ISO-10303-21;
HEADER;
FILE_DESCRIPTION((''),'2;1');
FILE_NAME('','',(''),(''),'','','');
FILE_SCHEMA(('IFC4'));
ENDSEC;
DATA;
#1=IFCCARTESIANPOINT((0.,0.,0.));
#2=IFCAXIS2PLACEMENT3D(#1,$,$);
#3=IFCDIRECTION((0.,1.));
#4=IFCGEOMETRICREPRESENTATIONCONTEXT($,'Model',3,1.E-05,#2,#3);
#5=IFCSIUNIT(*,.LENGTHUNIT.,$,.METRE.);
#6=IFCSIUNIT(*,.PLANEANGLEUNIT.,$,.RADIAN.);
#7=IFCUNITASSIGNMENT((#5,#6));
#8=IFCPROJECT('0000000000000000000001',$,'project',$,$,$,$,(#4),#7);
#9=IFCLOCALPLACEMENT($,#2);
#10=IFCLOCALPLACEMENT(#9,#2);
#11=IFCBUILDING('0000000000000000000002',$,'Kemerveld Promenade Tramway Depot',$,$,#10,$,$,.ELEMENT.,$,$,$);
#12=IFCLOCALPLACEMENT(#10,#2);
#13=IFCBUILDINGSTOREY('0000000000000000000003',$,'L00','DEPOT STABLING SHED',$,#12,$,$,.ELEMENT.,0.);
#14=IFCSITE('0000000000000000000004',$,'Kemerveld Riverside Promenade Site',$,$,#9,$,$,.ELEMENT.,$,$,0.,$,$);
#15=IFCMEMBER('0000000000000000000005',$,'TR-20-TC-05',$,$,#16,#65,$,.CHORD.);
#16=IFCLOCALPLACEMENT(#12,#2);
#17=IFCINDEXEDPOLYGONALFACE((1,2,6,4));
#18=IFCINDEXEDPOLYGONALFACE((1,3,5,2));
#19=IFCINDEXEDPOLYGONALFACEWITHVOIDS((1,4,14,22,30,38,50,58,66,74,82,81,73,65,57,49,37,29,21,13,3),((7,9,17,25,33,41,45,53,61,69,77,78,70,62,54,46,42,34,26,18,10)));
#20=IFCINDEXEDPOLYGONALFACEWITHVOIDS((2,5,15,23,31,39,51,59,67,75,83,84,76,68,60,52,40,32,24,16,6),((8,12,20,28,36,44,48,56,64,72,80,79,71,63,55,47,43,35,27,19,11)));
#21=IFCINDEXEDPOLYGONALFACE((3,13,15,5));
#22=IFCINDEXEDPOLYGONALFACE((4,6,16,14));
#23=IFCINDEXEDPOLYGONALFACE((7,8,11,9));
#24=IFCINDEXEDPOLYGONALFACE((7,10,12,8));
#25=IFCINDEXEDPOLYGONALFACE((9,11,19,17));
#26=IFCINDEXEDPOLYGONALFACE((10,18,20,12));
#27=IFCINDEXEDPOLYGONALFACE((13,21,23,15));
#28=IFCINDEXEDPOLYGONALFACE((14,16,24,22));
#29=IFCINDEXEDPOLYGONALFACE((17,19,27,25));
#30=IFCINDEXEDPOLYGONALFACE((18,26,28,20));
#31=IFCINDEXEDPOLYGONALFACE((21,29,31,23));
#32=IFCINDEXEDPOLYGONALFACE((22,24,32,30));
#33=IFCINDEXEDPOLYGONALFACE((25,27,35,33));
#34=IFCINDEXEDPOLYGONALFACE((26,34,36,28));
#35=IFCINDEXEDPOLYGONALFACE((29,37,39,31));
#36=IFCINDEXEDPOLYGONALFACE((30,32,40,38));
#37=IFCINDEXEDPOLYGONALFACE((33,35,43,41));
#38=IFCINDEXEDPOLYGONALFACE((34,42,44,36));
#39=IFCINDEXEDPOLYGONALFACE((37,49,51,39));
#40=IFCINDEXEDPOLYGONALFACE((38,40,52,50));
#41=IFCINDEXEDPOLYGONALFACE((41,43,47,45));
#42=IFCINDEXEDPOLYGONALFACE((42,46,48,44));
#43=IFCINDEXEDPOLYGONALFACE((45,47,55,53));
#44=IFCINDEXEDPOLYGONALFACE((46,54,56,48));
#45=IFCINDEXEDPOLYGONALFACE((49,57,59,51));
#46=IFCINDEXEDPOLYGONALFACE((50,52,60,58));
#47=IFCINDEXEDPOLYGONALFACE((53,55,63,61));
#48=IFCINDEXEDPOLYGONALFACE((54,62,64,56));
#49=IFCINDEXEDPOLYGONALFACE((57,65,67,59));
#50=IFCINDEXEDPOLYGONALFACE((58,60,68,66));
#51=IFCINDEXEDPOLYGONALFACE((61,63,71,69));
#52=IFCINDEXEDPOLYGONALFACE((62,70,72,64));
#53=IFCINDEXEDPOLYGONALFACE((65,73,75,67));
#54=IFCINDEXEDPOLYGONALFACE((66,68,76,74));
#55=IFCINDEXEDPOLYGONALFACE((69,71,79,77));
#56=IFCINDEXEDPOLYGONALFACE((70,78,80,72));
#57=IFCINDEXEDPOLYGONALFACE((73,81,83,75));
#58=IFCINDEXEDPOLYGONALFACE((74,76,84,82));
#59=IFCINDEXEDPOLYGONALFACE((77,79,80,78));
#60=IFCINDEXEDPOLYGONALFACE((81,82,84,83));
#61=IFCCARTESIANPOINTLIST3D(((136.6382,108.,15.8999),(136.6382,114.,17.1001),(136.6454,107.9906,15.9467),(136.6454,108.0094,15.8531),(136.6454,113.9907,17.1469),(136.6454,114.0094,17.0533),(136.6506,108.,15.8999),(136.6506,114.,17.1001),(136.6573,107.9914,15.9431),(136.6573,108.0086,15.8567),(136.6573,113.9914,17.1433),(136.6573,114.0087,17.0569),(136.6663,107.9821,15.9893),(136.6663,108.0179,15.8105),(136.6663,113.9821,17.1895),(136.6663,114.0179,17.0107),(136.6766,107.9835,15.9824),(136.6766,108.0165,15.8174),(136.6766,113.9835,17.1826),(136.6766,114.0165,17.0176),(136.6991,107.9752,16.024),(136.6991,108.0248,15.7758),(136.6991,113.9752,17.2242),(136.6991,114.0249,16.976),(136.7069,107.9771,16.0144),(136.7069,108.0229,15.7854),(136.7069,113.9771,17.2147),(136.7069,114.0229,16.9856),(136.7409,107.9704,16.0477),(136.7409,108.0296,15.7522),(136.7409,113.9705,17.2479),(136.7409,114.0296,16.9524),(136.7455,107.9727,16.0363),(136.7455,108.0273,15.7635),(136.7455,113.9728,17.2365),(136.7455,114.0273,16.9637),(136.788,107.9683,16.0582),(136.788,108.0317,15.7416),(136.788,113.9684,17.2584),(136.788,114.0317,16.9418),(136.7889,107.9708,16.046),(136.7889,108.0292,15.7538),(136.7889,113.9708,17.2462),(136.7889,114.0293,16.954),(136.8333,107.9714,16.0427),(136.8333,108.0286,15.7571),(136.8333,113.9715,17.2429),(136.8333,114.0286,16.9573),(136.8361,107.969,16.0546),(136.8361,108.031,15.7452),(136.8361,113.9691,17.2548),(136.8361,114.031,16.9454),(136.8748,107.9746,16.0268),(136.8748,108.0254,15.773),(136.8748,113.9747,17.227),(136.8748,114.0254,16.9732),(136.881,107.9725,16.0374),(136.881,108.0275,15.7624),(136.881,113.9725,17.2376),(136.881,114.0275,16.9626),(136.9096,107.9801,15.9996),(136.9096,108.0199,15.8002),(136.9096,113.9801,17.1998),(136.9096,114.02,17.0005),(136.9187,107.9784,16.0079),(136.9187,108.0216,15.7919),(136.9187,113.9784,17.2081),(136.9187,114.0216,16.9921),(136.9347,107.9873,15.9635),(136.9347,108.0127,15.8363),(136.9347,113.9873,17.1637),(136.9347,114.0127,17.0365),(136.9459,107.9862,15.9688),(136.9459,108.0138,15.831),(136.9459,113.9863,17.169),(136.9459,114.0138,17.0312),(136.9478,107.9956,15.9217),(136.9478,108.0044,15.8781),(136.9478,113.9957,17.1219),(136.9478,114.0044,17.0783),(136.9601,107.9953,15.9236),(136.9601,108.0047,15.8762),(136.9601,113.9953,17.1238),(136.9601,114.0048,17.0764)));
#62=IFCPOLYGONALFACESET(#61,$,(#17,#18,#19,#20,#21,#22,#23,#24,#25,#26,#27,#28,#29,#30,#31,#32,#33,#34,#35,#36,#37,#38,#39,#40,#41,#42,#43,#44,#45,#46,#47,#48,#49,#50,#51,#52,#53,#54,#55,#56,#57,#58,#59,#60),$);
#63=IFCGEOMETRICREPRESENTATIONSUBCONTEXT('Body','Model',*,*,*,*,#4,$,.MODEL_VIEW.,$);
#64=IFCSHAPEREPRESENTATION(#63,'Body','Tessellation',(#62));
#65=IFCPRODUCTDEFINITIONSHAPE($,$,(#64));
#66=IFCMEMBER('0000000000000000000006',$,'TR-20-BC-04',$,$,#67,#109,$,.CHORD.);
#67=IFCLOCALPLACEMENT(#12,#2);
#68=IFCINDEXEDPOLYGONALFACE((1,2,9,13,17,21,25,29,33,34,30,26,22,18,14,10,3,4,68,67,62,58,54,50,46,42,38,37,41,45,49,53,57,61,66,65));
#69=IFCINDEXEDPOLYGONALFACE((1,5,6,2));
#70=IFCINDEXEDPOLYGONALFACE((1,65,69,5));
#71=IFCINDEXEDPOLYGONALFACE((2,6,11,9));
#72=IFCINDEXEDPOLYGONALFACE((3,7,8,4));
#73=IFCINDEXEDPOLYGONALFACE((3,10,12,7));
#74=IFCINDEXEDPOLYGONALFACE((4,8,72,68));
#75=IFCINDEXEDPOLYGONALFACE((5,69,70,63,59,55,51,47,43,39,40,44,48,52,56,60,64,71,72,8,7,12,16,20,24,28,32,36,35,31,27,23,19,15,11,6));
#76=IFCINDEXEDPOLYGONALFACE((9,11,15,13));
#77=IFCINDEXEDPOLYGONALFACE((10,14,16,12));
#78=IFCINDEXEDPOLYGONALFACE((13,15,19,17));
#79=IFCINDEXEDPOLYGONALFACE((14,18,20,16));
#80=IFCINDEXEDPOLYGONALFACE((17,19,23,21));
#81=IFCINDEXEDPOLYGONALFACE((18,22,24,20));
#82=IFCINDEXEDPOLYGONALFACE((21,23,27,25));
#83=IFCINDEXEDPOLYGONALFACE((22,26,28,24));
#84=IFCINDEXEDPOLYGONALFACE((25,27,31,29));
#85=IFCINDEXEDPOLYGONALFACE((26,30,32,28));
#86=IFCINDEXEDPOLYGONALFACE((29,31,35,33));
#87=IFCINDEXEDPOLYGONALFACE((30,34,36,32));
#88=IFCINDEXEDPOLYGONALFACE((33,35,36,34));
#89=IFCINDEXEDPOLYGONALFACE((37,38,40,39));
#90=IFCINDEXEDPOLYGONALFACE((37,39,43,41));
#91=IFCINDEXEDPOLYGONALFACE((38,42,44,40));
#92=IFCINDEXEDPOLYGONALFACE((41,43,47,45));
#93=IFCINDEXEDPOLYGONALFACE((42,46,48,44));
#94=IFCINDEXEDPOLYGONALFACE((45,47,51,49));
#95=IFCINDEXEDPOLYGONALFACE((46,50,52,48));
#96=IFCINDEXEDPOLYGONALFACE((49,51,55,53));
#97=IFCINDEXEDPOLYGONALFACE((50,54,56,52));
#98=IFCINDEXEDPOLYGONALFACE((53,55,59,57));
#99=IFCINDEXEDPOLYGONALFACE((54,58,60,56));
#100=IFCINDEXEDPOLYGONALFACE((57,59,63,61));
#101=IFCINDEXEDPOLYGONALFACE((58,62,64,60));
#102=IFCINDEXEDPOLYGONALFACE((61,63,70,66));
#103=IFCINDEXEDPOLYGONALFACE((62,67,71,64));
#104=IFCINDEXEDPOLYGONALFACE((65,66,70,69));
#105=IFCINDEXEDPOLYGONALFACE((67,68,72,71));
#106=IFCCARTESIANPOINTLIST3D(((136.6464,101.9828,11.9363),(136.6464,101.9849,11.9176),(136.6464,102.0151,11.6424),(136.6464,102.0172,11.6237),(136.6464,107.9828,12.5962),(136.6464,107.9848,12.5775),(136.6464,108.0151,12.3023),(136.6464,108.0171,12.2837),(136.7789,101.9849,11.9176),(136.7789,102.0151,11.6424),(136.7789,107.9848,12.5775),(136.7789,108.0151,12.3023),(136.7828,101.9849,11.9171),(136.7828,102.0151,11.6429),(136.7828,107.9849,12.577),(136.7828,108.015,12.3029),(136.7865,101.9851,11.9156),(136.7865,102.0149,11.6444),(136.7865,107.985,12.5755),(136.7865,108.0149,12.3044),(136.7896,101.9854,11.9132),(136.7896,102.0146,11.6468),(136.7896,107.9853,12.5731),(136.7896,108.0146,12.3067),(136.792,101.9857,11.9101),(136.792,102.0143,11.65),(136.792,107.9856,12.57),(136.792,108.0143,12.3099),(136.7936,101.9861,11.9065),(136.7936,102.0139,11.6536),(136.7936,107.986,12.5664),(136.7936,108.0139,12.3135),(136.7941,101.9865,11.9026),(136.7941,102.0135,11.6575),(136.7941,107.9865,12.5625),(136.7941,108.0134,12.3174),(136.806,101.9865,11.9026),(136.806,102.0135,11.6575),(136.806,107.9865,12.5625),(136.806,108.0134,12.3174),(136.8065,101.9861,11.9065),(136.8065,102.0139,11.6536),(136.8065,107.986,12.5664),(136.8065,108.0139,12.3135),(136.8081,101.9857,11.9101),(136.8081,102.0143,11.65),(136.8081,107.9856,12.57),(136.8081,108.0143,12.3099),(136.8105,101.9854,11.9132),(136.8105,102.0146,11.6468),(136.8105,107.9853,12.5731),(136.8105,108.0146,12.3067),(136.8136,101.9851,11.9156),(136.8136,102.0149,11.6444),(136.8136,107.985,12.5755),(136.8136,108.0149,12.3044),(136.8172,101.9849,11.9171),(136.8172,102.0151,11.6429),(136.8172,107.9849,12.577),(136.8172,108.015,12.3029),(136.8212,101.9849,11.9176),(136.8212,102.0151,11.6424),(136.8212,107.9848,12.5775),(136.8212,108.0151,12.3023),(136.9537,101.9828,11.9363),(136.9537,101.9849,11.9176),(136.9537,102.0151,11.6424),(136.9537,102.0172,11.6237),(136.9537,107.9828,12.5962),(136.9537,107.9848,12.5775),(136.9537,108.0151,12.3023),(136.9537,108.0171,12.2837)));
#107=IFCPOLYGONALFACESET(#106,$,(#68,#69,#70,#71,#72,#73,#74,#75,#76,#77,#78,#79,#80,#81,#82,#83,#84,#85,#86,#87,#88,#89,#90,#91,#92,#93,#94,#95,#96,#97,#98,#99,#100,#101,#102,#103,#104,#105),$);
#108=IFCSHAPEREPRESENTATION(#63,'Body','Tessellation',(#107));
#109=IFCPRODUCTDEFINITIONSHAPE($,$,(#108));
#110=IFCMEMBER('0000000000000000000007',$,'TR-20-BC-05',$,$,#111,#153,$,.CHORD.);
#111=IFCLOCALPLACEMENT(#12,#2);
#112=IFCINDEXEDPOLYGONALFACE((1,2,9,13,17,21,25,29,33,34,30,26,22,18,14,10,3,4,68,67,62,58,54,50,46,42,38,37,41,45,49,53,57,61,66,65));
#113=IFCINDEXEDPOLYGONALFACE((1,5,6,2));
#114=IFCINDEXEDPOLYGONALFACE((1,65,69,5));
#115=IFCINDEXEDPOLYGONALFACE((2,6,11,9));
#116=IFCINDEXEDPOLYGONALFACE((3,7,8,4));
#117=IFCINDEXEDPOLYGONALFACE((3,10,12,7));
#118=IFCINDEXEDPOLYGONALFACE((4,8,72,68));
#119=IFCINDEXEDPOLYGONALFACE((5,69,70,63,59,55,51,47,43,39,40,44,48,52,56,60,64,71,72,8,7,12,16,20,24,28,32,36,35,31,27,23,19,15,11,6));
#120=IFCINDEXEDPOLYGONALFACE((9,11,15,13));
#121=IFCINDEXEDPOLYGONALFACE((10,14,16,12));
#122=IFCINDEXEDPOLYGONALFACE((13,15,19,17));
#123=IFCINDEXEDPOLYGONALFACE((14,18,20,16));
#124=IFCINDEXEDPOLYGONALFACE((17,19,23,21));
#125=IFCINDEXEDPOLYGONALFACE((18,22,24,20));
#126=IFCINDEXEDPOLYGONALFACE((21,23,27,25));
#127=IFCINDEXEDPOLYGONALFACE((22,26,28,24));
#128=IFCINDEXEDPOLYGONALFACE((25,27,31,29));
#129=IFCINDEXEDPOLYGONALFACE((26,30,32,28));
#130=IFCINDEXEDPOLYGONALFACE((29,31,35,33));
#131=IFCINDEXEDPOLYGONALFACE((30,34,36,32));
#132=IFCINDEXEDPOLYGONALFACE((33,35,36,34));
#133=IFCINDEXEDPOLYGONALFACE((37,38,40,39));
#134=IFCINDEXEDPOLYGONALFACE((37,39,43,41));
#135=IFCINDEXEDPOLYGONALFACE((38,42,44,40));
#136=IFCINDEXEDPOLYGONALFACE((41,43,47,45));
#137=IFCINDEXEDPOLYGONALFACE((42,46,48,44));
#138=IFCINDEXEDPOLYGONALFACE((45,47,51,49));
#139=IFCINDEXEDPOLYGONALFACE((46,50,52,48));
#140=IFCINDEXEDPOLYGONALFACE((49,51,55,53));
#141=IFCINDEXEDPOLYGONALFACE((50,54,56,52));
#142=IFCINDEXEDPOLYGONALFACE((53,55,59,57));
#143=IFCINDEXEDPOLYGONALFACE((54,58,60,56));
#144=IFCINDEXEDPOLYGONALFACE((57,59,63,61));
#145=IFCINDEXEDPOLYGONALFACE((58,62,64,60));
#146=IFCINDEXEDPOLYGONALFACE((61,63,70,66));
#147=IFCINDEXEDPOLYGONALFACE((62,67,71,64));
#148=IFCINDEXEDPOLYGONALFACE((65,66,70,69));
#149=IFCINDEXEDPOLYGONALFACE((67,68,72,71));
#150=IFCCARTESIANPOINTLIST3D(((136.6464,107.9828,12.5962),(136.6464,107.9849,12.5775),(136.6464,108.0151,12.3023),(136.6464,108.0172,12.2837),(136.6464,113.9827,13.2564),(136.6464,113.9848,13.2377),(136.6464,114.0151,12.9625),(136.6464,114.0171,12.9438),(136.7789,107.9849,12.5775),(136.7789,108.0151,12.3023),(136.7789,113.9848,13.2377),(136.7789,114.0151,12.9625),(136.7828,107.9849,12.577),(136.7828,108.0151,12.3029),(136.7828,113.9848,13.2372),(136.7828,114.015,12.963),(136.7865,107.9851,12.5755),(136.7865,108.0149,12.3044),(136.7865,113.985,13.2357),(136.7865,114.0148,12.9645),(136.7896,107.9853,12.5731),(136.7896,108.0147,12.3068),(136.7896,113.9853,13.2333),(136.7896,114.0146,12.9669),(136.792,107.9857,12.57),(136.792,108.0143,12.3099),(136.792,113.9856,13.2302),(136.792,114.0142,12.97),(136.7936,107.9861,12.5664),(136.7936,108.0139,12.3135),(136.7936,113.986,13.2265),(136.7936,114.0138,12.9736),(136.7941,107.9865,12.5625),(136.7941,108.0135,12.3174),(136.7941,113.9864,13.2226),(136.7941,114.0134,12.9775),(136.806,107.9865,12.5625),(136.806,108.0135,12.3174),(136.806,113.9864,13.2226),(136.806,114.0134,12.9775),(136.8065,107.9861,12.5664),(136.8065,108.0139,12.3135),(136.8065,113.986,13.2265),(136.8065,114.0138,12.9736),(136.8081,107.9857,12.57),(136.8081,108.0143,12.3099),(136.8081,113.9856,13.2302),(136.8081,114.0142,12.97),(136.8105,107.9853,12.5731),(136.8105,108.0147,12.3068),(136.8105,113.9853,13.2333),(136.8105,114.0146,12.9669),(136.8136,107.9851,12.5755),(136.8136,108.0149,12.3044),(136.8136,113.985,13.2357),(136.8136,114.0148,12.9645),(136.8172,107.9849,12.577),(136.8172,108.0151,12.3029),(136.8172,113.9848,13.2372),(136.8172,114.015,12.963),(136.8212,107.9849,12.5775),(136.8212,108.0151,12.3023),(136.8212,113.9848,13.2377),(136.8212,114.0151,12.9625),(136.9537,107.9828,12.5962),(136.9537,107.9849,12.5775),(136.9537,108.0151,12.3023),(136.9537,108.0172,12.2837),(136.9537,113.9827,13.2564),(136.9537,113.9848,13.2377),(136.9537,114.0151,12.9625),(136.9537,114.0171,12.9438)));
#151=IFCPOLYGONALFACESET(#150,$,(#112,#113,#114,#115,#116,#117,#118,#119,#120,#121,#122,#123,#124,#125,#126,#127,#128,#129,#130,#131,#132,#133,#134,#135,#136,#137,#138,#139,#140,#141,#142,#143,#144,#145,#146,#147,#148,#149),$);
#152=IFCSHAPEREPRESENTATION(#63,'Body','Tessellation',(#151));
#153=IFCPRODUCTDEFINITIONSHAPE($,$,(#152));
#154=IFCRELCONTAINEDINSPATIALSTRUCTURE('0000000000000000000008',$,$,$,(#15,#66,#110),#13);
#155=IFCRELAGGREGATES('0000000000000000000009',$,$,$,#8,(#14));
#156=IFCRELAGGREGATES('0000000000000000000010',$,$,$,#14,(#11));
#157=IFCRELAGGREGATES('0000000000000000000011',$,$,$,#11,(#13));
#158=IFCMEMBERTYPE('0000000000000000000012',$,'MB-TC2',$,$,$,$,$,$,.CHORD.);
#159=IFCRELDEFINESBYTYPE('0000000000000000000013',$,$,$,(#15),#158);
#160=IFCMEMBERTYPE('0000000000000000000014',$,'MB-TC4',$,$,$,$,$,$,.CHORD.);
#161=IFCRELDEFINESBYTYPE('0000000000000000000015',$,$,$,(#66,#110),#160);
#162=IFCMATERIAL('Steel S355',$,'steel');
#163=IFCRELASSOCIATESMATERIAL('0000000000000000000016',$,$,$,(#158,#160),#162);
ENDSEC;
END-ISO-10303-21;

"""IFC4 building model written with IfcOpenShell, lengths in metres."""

from ifc_helpers import new_model, si_unit, direction, frame, origin, origin_2d, place, context, subcontext, project, spatial, hollow_circle, i_section, extrude, material, material_profile, profile_set, type_object, element, save


model = new_model("IFC4")

# Units and contexts
model_context = context("Model", 3, precision=1e-05, world=origin(), true_north=direction((0.0, 1.0)))
body_context = subcontext(model_context, "Body", "Model", "MODEL_VIEW")
ifc_project = project(units=[si_unit("LENGTHUNIT", "METRE"), si_unit("PLANEANGLEUNIT", "RADIAN")], contexts=[model_context])

# Site, building, storey
site_placement = place(None, origin())
site = spatial("IfcSite", under=ifc_project, at=site_placement, Name="Kemerveld Riverside Promenade Site", CompositionType="ELEMENT", RefElevation=0.0)
building_placement = place(site_placement, origin())
building = spatial("IfcBuilding", under=site, at=building_placement, Name="Kemerveld Promenade Tramway Depot", CompositionType="ELEMENT")
storey_placement = place(building_placement, origin())
storey = spatial("IfcBuildingStorey", under=building, at=storey_placement, Name="L00", Description="DEPOT STABLING SHED", CompositionType="ELEMENT", Elevation=0.0)

# Members
ifc_material_1 = material(Name="Steel S355", Category="steel")
ifc_material_profile_1 = material_profile(ifc_material_1, hollow_circle(Radius=0.1619, WallThickness=0.0125, at=origin_2d()), Name="323.9x12.5 CHS")
ifc_profile_set_1 = profile_set([ifc_material_profile_1], Name="Steel S355")
member_type_1 = type_object("IfcMemberType", Name="MB-TC2", PredefinedType="CHORD", material=ifc_profile_set_1)
for number, where, z_axis, x_axis, name in (
    (1, (136.8, 108.0, 15.8999), (0.0, 0.980575, 0.196147), (-1.0, 0.0, 0.0), "TR-20-TC-05"),
):
    element("IfcMember", number, at=place(storey_placement, frame(where, z_axis=z_axis, x_axis=x_axis)), inside=storey, type_object=member_type_1, Name=name, PredefinedType="CHORD", context=body_context, shape_type="SweptSolid", body=[
        extrude(hollow_circle(Radius=0.1619, WallThickness=0.0125, at=origin_2d()), origin(), (0.0, 0.0, 1.0), 6.1189),
    ])
ifc_material_profile_2 = material_profile(ifc_material_1, i_section(OverallWidth=0.3074, OverallDepth=0.3145, WebThickness=0.012, FlangeThickness=0.0188, FilletRadius=0.0151, at=origin_2d()), Name="305x305x118 UC")
ifc_profile_set_2 = profile_set([ifc_material_profile_2], Name="Steel S355")
member_type_2 = type_object("IfcMemberType", Name="MB-TC4", PredefinedType="CHORD", material=ifc_profile_set_2)
for number, where, z_axis, x_axis, name in (
    (2, (136.8, 102.0, 11.78), (0.0, 0.994006, 0.109326), (-1.0, 0.0, 0.0), "TR-20-BC-04"),
    (3, (136.8, 108.0, 12.4399), (0.0, 0.994002, 0.109366), (-1.0, 0.0, 0.0), "TR-20-BC-05"),
):
    element("IfcMember", number, at=place(storey_placement, frame(where, z_axis=z_axis, x_axis=x_axis)), inside=storey, type_object=member_type_2, Name=name, PredefinedType="CHORD", context=body_context, shape_type="SweptSolid", body=[
        extrude(i_section(OverallWidth=0.3074, OverallDepth=0.3145, WebThickness=0.012, FlangeThickness=0.0188, FilletRadius=0.0151, at=origin_2d()), origin(), (0.0, 0.0, 1.0), 6.0361),
    ])

save(model, "model.ifc")
